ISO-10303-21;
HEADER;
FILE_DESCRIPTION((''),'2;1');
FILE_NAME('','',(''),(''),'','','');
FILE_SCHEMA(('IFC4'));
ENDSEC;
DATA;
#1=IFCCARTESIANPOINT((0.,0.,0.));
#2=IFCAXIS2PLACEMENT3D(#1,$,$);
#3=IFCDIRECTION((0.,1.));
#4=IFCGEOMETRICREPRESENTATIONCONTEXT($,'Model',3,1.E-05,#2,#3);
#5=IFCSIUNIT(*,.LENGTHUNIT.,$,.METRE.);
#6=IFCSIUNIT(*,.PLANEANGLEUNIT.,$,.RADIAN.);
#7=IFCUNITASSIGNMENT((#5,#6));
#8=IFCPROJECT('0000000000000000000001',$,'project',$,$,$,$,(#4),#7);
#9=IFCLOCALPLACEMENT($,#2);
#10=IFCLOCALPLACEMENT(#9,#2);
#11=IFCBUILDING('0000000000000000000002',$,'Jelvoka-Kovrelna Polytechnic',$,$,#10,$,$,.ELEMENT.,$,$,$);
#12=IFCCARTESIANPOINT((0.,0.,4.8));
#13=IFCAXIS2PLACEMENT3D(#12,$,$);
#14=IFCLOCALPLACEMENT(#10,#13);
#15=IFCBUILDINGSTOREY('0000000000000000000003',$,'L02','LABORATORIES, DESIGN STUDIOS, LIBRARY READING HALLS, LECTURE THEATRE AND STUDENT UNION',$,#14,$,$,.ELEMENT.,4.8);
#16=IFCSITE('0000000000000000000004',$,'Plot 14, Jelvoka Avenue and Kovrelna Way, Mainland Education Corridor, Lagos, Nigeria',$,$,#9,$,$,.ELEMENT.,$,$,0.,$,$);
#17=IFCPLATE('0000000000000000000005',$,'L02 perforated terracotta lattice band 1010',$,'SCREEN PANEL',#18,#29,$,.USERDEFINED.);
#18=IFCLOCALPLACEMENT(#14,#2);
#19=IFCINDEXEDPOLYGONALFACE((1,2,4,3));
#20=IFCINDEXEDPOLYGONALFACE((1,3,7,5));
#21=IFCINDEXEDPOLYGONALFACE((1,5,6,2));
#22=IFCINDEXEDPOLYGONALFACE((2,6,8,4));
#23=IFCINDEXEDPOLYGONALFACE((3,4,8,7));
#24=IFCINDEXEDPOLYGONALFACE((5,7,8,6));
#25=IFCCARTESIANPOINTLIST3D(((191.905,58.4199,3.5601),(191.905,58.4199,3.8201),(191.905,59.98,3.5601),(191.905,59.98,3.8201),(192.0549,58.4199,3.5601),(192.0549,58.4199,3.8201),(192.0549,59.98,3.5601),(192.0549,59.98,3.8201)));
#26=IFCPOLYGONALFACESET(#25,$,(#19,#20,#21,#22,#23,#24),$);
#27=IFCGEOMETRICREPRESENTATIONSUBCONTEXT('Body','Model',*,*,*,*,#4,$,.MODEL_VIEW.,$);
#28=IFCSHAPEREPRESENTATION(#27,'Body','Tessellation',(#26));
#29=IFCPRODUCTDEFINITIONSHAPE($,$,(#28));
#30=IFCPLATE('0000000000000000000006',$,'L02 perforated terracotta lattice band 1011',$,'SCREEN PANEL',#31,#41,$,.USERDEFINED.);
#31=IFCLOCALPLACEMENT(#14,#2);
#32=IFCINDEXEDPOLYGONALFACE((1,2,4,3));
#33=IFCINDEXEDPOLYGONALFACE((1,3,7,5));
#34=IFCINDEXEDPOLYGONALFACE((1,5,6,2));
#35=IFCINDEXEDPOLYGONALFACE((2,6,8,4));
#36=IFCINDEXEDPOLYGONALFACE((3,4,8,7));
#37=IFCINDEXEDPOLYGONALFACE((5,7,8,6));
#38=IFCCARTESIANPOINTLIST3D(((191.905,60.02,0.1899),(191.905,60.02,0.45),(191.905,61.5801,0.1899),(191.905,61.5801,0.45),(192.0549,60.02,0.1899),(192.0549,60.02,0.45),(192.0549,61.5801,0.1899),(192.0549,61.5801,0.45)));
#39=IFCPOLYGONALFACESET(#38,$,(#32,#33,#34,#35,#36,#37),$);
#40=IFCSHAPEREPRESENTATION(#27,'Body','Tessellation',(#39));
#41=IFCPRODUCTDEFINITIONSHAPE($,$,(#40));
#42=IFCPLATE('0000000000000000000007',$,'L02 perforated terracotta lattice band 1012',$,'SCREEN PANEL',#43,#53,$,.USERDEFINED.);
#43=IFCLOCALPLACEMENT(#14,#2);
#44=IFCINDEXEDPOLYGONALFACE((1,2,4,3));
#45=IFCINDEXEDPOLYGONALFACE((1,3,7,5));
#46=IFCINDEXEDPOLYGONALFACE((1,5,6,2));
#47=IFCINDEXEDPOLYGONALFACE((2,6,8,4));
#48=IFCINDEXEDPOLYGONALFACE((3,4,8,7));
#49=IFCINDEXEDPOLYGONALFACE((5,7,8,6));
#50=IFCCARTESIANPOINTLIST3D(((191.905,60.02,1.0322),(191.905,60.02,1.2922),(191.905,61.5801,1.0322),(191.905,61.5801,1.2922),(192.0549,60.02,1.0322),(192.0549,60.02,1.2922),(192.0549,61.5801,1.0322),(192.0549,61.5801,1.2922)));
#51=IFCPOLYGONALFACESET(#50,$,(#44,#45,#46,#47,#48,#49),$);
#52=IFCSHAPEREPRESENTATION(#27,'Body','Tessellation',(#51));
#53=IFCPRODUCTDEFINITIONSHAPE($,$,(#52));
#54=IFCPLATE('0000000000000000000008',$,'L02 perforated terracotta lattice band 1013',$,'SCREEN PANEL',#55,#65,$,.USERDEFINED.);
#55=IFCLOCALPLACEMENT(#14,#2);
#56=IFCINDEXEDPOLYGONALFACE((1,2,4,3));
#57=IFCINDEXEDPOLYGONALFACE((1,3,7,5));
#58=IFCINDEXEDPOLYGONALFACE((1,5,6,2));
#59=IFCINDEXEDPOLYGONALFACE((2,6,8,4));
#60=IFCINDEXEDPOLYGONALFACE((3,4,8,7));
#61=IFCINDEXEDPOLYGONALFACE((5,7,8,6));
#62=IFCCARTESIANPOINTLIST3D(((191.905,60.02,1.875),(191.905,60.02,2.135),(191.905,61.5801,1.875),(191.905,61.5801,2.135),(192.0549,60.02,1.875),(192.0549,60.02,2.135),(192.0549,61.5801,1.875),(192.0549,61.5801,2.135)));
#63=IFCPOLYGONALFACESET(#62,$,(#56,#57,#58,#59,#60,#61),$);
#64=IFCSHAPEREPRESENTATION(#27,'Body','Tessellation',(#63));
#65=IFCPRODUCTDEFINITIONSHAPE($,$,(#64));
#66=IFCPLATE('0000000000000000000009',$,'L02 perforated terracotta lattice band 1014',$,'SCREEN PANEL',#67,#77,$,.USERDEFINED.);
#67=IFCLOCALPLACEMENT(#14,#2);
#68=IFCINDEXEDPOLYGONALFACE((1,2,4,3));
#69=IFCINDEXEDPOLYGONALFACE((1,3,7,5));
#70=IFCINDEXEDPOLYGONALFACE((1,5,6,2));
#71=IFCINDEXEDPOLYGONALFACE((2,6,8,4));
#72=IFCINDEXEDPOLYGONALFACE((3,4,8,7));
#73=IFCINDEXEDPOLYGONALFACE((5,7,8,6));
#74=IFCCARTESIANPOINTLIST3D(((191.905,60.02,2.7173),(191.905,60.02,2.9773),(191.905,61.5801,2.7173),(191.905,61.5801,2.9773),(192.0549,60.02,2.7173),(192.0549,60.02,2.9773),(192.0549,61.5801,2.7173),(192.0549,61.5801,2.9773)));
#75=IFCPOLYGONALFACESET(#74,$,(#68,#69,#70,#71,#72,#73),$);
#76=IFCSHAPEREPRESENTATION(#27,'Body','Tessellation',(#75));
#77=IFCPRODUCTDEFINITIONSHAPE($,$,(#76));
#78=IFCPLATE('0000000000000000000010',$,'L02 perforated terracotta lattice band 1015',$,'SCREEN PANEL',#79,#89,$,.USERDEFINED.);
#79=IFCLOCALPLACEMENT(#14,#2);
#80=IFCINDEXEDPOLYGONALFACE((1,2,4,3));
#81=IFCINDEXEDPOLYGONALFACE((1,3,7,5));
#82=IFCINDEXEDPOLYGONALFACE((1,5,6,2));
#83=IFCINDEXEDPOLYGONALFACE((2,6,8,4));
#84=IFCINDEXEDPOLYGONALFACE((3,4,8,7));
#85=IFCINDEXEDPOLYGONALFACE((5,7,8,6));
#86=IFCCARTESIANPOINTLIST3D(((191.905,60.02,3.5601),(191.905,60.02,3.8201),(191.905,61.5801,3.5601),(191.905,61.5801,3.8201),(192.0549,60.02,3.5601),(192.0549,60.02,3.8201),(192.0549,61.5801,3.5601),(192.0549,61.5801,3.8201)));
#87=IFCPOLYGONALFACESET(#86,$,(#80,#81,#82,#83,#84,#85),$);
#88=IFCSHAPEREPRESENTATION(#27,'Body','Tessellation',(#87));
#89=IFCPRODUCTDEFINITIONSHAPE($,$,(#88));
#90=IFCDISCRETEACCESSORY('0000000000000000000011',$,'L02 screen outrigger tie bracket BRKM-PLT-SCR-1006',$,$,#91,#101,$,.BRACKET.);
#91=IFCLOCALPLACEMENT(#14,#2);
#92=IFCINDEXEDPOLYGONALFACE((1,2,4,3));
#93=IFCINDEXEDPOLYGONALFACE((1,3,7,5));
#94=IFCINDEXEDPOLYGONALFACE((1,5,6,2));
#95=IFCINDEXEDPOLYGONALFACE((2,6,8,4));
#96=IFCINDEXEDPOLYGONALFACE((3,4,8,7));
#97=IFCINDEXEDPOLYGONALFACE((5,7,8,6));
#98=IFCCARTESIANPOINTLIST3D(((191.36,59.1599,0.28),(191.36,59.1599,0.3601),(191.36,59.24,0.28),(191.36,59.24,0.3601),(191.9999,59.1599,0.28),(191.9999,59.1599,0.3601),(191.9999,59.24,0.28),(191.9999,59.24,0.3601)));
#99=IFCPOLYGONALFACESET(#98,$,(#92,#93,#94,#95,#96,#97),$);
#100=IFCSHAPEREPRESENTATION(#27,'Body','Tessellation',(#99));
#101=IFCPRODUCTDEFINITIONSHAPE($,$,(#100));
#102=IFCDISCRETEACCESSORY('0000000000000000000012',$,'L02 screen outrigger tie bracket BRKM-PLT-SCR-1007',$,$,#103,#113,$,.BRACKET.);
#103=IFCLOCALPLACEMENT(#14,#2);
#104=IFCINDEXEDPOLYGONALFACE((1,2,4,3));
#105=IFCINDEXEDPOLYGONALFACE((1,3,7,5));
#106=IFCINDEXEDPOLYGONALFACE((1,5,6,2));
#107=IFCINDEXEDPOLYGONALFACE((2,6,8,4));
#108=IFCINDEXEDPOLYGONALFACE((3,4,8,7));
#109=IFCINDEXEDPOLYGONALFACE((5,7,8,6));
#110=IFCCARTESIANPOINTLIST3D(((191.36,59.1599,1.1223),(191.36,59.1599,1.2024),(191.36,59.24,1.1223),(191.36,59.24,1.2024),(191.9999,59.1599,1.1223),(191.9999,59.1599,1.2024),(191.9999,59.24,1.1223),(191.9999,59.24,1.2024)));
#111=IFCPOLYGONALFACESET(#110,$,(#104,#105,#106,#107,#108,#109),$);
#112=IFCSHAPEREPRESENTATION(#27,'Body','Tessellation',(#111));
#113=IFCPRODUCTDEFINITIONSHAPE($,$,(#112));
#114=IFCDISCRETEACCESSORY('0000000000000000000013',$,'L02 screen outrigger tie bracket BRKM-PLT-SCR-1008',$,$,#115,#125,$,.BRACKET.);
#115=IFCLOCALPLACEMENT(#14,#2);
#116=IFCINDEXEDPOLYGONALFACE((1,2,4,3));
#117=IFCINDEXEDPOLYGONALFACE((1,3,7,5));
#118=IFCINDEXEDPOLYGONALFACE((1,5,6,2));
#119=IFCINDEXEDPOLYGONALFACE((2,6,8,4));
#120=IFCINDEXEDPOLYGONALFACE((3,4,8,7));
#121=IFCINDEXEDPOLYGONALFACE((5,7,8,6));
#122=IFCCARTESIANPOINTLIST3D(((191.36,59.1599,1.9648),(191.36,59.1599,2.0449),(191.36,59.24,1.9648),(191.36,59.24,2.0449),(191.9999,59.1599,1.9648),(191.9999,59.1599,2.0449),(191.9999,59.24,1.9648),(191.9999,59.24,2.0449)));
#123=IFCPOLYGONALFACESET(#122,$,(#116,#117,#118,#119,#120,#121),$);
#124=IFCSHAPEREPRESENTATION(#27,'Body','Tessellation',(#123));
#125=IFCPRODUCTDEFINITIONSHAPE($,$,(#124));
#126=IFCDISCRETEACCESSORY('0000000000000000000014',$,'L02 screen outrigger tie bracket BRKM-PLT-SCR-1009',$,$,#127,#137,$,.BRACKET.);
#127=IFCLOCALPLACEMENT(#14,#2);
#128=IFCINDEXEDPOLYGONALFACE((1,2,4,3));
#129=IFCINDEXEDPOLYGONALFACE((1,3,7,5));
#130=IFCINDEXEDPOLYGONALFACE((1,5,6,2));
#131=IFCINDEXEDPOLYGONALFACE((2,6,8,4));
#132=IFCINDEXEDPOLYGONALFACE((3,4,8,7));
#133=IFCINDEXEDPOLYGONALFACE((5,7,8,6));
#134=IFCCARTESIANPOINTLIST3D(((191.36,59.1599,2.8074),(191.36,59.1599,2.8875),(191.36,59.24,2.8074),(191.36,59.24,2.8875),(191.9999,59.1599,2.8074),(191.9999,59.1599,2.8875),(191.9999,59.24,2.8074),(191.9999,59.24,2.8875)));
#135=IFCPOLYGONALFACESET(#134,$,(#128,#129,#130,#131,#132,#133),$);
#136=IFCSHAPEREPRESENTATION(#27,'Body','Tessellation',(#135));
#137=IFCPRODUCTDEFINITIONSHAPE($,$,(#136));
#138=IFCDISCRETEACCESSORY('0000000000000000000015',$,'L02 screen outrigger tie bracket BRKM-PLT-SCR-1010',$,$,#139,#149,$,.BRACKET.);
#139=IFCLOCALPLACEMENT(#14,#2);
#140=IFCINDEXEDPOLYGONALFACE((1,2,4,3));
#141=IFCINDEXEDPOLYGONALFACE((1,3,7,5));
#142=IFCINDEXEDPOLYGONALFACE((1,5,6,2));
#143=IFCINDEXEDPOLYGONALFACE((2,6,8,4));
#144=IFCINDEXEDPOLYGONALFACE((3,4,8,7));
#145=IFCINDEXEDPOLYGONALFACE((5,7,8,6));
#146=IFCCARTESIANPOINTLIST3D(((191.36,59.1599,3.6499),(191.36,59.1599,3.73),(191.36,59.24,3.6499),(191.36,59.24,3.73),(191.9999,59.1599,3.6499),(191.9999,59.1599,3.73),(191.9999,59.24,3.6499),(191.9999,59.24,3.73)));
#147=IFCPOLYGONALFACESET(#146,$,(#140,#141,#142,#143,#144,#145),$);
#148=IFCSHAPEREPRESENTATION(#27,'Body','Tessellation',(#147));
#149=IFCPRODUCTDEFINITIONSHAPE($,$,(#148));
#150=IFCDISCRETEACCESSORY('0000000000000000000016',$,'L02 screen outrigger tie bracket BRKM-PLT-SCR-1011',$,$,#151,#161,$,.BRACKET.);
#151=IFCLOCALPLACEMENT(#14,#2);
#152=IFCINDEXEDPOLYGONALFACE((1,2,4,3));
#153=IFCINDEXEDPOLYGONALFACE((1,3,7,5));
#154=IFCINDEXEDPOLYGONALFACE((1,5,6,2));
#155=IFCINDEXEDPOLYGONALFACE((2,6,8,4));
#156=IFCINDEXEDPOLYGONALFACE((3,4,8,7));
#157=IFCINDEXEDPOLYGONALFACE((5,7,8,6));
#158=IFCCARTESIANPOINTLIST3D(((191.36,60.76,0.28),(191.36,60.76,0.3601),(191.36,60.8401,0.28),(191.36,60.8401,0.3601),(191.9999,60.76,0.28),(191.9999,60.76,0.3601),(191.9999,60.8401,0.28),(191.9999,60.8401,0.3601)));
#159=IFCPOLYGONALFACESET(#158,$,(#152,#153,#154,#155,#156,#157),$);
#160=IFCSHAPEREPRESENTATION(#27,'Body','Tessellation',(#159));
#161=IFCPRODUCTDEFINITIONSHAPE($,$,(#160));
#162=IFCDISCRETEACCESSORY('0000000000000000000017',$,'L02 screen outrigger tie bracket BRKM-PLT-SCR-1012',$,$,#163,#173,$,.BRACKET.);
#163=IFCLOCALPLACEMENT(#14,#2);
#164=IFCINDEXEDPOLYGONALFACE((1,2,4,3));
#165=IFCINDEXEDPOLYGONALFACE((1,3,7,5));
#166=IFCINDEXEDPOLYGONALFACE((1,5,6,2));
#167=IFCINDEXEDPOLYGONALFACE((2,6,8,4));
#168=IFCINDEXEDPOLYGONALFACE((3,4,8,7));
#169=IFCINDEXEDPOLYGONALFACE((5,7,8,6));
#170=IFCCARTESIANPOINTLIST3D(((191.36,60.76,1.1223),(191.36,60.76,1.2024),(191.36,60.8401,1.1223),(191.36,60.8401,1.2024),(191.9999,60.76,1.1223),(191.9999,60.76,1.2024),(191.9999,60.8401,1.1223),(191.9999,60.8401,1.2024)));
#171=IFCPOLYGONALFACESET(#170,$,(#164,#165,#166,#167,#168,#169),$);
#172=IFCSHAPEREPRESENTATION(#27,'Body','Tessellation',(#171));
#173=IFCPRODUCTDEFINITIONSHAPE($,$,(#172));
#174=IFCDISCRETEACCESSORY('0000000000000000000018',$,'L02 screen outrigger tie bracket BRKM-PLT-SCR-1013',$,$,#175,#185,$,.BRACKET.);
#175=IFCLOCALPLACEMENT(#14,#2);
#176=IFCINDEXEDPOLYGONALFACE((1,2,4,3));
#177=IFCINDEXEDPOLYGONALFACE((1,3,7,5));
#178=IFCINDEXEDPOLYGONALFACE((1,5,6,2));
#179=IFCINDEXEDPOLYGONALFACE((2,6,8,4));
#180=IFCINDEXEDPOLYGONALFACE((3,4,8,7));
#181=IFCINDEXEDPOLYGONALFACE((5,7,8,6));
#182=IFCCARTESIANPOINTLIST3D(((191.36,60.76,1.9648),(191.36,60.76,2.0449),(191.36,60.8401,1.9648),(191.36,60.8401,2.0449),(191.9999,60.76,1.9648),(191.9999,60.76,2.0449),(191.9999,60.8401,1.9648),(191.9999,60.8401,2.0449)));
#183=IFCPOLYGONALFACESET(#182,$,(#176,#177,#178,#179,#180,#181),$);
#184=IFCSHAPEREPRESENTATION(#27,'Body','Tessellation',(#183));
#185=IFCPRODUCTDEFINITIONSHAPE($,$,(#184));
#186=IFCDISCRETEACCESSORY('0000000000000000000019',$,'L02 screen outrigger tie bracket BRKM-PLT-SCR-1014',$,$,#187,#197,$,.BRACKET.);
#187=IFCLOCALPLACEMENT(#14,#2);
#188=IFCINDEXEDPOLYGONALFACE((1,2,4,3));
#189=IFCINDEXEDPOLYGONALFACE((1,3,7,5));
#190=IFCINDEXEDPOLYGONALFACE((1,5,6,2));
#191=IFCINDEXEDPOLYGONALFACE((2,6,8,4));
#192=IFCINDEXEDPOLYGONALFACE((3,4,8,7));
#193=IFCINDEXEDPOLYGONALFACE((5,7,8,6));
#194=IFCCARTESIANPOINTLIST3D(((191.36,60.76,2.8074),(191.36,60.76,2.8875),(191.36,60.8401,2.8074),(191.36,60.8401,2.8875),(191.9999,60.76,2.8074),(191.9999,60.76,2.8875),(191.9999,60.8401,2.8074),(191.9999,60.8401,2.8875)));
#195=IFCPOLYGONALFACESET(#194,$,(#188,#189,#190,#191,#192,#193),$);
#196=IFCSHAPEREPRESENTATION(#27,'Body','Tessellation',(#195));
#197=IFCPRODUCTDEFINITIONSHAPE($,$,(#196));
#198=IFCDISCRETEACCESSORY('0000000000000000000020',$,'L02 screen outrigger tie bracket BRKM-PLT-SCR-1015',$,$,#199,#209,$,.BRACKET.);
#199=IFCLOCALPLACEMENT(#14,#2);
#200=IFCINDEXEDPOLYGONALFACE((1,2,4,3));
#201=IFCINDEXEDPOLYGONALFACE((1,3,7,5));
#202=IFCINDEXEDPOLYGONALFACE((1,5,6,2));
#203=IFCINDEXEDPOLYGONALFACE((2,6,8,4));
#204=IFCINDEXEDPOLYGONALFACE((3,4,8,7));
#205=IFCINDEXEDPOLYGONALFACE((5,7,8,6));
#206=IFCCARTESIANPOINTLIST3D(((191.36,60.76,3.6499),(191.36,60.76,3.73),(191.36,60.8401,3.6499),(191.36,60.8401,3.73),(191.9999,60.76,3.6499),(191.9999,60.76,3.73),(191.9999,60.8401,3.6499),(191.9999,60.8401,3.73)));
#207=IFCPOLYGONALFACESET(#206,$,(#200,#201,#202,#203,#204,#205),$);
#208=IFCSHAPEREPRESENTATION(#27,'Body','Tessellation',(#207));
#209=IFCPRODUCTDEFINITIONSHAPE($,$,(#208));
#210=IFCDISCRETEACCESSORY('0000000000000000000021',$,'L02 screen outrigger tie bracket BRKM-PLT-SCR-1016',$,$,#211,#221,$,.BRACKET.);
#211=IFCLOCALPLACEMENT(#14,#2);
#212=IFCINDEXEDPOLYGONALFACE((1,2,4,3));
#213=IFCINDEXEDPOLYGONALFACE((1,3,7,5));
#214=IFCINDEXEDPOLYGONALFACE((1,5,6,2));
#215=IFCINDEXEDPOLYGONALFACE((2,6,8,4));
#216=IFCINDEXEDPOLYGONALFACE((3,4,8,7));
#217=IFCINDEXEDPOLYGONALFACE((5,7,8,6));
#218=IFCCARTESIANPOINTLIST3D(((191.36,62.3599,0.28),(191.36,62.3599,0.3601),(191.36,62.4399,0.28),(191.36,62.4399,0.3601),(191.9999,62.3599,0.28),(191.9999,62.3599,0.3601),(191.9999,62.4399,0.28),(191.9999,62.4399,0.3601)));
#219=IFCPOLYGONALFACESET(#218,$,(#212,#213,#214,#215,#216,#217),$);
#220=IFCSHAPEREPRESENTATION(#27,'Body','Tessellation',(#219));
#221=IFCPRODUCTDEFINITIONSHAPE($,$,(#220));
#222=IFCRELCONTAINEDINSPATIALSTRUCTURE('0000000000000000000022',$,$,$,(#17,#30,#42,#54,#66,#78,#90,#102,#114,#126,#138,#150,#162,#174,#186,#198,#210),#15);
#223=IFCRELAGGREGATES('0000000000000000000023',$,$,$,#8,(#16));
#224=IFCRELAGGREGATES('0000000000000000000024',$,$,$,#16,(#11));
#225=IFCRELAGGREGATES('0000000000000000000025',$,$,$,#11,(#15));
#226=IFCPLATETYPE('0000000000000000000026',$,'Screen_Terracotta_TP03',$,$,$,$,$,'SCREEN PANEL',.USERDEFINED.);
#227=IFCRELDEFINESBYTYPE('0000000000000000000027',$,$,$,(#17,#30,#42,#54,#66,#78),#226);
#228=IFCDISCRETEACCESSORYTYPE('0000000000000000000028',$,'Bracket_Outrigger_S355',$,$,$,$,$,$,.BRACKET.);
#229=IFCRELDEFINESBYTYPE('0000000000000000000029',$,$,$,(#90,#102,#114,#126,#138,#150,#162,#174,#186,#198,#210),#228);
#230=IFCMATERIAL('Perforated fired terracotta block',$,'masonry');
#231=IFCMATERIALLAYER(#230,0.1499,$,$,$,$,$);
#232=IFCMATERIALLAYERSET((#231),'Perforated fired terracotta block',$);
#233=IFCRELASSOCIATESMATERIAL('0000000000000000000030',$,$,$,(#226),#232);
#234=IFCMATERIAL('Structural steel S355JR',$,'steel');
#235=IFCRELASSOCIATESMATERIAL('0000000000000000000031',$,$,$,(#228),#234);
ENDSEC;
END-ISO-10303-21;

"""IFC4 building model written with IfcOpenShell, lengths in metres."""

from ifc_helpers import new_model, si_unit, direction, frame, origin, origin_2d, place, context, subcontext, project, spatial, rectangle, extrude, material, layer, layer_set, type_object, element, save


model = new_model("IFC4")

# Units and contexts
model_context = context("Model", 3, precision=1e-05, world=origin(), true_north=direction((0.0, 1.0)))
body_context = subcontext(model_context, "Body", "Model", "MODEL_VIEW")
ifc_project = project(units=[si_unit("LENGTHUNIT", "METRE"), si_unit("PLANEANGLEUNIT", "RADIAN")], contexts=[model_context])

# Site, building, storey
site_placement = place(None, origin())
site = spatial("IfcSite", under=ifc_project, at=site_placement, Name="Plot 14, Jelvoka Avenue and Kovrelna Way, Mainland Education Corridor, Lagos, Nigeria", CompositionType="ELEMENT", RefElevation=0.0)
building_placement = place(site_placement, origin())
building = spatial("IfcBuilding", under=site, at=building_placement, Name="Jelvoka-Kovrelna Polytechnic", CompositionType="ELEMENT")
storey_placement = place(building_placement, frame((0.0, 0.0, 4.8)))
storey = spatial("IfcBuildingStorey", under=building, at=storey_placement, Name="L02", Description="LABORATORIES, DESIGN STUDIOS, LIBRARY READING HALLS, LECTURE THEATRE AND STUDENT UNION", CompositionType="ELEMENT", Elevation=4.8)

# Plates
ifc_material_1 = material(Name="Perforated fired terracotta block", Category="masonry")
ifc_layer = layer(ifc_material_1, 0.1499)
ifc_layer_set = layer_set([ifc_layer], Name="Perforated fired terracotta block")
plate_type = type_object("IfcPlateType", Name="Screen_Terracotta_TP03", ElementType="SCREEN PANEL", PredefinedType="USERDEFINED", material=ifc_layer_set)
for number, where, z_axis, x_axis, name in (
    (1, (191.98, 59.2, 3.5601), (0.0, 0.0, 1.0), (0.0, 1.0, 0.0), "L02 perforated terracotta lattice band 1010"),
    (2, (191.98, 60.8, 0.1899), (0.0, 0.0, 1.0), (0.0, 1.0, 0.0), "L02 perforated terracotta lattice band 1011"),
    (3, (191.98, 60.8, 1.0322), (0.0, 0.0, 1.0), (0.0, 1.0, 0.0), "L02 perforated terracotta lattice band 1012"),
    (4, (191.98, 60.8, 1.875), (0.0, 0.0, 1.0), (0.0, 1.0, 0.0), "L02 perforated terracotta lattice band 1013"),
    (5, (191.98, 60.8, 2.7173), (0.0, 0.0, 1.0), (0.0, 1.0, 0.0), "L02 perforated terracotta lattice band 1014"),
    (6, (191.98, 60.8, 3.5601), (0.0, 0.0, 1.0), (0.0, 1.0, 0.0), "L02 perforated terracotta lattice band 1015"),
):
    element("IfcPlate", number, at=place(storey_placement, frame(where, z_axis=z_axis, x_axis=x_axis)), inside=storey, type_object=plate_type, Name=name, ObjectType="SCREEN PANEL", PredefinedType="USERDEFINED", context=body_context, shape_type="SweptSolid", body=[
        extrude(rectangle(XDim=1.5601, YDim=0.1499, at=origin_2d()), origin(), (0.0, 0.0, 1.0), 0.26),
    ])

# Discrete accessories
ifc_material_2 = material(Name="Structural steel S355JR", Category="steel")
discrete_accessory_type = type_object("IfcDiscreteAccessoryType", Name="Bracket_Outrigger_S355", PredefinedType="BRACKET", material=ifc_material_2)
for number, where, z_axis, x_axis, name in (
    (7, (191.6799, 59.2, 0.28), (0.0, 0.0, 1.0), (1.0, 0.0, 0.0), "L02 screen outrigger tie bracket BRKM-PLT-SCR-1006"),
    (8, (191.6799, 59.2, 1.1223), (0.0, 0.0, 1.0), (1.0, 0.0, 0.0), "L02 screen outrigger tie bracket BRKM-PLT-SCR-1007"),
    (9, (191.6799, 59.2, 1.9648), (0.0, 0.0, 1.0), (1.0, 0.0, 0.0), "L02 screen outrigger tie bracket BRKM-PLT-SCR-1008"),
    (10, (191.6799, 59.2, 2.8074), (0.0, 0.0, 1.0), (1.0, 0.0, 0.0), "L02 screen outrigger tie bracket BRKM-PLT-SCR-1009"),
    (11, (191.6799, 59.2, 3.6499), (0.0, 0.0, 1.0), (1.0, 0.0, 0.0), "L02 screen outrigger tie bracket BRKM-PLT-SCR-1010"),
    (12, (191.6799, 60.8, 0.28), (0.0, 0.0, 1.0), (1.0, 0.0, 0.0), "L02 screen outrigger tie bracket BRKM-PLT-SCR-1011"),
    (13, (191.6799, 60.8, 1.1223), (0.0, 0.0, 1.0), (1.0, 0.0, 0.0), "L02 screen outrigger tie bracket BRKM-PLT-SCR-1012"),
    (14, (191.6799, 60.8, 1.9648), (0.0, 0.0, 1.0), (1.0, 0.0, 0.0), "L02 screen outrigger tie bracket BRKM-PLT-SCR-1013"),
    (15, (191.6799, 60.8, 2.8074), (0.0, 0.0, 1.0), (1.0, 0.0, 0.0), "L02 screen outrigger tie bracket BRKM-PLT-SCR-1014"),
    (16, (191.6799, 60.8, 3.6499), (0.0, 0.0, 1.0), (1.0, 0.0, 0.0), "L02 screen outrigger tie bracket BRKM-PLT-SCR-1015"),
    (17, (191.6799, 62.3999, 0.28), (0.0, 0.0, 1.0), (1.0, 0.0, 0.0), "L02 screen outrigger tie bracket BRKM-PLT-SCR-1016"),
):
    element("IfcDiscreteAccessory", number, at=place(storey_placement, frame(where, z_axis=z_axis, x_axis=x_axis)), inside=storey, type_object=discrete_accessory_type, Name=name, PredefinedType="BRACKET", context=body_context, shape_type="SweptSolid", body=[
        extrude(rectangle(XDim=0.6399, YDim=0.0801, at=origin_2d()), origin(), (0.0, 0.0, 1.0), 0.0801),
    ])

save(model, "model.ifc")
